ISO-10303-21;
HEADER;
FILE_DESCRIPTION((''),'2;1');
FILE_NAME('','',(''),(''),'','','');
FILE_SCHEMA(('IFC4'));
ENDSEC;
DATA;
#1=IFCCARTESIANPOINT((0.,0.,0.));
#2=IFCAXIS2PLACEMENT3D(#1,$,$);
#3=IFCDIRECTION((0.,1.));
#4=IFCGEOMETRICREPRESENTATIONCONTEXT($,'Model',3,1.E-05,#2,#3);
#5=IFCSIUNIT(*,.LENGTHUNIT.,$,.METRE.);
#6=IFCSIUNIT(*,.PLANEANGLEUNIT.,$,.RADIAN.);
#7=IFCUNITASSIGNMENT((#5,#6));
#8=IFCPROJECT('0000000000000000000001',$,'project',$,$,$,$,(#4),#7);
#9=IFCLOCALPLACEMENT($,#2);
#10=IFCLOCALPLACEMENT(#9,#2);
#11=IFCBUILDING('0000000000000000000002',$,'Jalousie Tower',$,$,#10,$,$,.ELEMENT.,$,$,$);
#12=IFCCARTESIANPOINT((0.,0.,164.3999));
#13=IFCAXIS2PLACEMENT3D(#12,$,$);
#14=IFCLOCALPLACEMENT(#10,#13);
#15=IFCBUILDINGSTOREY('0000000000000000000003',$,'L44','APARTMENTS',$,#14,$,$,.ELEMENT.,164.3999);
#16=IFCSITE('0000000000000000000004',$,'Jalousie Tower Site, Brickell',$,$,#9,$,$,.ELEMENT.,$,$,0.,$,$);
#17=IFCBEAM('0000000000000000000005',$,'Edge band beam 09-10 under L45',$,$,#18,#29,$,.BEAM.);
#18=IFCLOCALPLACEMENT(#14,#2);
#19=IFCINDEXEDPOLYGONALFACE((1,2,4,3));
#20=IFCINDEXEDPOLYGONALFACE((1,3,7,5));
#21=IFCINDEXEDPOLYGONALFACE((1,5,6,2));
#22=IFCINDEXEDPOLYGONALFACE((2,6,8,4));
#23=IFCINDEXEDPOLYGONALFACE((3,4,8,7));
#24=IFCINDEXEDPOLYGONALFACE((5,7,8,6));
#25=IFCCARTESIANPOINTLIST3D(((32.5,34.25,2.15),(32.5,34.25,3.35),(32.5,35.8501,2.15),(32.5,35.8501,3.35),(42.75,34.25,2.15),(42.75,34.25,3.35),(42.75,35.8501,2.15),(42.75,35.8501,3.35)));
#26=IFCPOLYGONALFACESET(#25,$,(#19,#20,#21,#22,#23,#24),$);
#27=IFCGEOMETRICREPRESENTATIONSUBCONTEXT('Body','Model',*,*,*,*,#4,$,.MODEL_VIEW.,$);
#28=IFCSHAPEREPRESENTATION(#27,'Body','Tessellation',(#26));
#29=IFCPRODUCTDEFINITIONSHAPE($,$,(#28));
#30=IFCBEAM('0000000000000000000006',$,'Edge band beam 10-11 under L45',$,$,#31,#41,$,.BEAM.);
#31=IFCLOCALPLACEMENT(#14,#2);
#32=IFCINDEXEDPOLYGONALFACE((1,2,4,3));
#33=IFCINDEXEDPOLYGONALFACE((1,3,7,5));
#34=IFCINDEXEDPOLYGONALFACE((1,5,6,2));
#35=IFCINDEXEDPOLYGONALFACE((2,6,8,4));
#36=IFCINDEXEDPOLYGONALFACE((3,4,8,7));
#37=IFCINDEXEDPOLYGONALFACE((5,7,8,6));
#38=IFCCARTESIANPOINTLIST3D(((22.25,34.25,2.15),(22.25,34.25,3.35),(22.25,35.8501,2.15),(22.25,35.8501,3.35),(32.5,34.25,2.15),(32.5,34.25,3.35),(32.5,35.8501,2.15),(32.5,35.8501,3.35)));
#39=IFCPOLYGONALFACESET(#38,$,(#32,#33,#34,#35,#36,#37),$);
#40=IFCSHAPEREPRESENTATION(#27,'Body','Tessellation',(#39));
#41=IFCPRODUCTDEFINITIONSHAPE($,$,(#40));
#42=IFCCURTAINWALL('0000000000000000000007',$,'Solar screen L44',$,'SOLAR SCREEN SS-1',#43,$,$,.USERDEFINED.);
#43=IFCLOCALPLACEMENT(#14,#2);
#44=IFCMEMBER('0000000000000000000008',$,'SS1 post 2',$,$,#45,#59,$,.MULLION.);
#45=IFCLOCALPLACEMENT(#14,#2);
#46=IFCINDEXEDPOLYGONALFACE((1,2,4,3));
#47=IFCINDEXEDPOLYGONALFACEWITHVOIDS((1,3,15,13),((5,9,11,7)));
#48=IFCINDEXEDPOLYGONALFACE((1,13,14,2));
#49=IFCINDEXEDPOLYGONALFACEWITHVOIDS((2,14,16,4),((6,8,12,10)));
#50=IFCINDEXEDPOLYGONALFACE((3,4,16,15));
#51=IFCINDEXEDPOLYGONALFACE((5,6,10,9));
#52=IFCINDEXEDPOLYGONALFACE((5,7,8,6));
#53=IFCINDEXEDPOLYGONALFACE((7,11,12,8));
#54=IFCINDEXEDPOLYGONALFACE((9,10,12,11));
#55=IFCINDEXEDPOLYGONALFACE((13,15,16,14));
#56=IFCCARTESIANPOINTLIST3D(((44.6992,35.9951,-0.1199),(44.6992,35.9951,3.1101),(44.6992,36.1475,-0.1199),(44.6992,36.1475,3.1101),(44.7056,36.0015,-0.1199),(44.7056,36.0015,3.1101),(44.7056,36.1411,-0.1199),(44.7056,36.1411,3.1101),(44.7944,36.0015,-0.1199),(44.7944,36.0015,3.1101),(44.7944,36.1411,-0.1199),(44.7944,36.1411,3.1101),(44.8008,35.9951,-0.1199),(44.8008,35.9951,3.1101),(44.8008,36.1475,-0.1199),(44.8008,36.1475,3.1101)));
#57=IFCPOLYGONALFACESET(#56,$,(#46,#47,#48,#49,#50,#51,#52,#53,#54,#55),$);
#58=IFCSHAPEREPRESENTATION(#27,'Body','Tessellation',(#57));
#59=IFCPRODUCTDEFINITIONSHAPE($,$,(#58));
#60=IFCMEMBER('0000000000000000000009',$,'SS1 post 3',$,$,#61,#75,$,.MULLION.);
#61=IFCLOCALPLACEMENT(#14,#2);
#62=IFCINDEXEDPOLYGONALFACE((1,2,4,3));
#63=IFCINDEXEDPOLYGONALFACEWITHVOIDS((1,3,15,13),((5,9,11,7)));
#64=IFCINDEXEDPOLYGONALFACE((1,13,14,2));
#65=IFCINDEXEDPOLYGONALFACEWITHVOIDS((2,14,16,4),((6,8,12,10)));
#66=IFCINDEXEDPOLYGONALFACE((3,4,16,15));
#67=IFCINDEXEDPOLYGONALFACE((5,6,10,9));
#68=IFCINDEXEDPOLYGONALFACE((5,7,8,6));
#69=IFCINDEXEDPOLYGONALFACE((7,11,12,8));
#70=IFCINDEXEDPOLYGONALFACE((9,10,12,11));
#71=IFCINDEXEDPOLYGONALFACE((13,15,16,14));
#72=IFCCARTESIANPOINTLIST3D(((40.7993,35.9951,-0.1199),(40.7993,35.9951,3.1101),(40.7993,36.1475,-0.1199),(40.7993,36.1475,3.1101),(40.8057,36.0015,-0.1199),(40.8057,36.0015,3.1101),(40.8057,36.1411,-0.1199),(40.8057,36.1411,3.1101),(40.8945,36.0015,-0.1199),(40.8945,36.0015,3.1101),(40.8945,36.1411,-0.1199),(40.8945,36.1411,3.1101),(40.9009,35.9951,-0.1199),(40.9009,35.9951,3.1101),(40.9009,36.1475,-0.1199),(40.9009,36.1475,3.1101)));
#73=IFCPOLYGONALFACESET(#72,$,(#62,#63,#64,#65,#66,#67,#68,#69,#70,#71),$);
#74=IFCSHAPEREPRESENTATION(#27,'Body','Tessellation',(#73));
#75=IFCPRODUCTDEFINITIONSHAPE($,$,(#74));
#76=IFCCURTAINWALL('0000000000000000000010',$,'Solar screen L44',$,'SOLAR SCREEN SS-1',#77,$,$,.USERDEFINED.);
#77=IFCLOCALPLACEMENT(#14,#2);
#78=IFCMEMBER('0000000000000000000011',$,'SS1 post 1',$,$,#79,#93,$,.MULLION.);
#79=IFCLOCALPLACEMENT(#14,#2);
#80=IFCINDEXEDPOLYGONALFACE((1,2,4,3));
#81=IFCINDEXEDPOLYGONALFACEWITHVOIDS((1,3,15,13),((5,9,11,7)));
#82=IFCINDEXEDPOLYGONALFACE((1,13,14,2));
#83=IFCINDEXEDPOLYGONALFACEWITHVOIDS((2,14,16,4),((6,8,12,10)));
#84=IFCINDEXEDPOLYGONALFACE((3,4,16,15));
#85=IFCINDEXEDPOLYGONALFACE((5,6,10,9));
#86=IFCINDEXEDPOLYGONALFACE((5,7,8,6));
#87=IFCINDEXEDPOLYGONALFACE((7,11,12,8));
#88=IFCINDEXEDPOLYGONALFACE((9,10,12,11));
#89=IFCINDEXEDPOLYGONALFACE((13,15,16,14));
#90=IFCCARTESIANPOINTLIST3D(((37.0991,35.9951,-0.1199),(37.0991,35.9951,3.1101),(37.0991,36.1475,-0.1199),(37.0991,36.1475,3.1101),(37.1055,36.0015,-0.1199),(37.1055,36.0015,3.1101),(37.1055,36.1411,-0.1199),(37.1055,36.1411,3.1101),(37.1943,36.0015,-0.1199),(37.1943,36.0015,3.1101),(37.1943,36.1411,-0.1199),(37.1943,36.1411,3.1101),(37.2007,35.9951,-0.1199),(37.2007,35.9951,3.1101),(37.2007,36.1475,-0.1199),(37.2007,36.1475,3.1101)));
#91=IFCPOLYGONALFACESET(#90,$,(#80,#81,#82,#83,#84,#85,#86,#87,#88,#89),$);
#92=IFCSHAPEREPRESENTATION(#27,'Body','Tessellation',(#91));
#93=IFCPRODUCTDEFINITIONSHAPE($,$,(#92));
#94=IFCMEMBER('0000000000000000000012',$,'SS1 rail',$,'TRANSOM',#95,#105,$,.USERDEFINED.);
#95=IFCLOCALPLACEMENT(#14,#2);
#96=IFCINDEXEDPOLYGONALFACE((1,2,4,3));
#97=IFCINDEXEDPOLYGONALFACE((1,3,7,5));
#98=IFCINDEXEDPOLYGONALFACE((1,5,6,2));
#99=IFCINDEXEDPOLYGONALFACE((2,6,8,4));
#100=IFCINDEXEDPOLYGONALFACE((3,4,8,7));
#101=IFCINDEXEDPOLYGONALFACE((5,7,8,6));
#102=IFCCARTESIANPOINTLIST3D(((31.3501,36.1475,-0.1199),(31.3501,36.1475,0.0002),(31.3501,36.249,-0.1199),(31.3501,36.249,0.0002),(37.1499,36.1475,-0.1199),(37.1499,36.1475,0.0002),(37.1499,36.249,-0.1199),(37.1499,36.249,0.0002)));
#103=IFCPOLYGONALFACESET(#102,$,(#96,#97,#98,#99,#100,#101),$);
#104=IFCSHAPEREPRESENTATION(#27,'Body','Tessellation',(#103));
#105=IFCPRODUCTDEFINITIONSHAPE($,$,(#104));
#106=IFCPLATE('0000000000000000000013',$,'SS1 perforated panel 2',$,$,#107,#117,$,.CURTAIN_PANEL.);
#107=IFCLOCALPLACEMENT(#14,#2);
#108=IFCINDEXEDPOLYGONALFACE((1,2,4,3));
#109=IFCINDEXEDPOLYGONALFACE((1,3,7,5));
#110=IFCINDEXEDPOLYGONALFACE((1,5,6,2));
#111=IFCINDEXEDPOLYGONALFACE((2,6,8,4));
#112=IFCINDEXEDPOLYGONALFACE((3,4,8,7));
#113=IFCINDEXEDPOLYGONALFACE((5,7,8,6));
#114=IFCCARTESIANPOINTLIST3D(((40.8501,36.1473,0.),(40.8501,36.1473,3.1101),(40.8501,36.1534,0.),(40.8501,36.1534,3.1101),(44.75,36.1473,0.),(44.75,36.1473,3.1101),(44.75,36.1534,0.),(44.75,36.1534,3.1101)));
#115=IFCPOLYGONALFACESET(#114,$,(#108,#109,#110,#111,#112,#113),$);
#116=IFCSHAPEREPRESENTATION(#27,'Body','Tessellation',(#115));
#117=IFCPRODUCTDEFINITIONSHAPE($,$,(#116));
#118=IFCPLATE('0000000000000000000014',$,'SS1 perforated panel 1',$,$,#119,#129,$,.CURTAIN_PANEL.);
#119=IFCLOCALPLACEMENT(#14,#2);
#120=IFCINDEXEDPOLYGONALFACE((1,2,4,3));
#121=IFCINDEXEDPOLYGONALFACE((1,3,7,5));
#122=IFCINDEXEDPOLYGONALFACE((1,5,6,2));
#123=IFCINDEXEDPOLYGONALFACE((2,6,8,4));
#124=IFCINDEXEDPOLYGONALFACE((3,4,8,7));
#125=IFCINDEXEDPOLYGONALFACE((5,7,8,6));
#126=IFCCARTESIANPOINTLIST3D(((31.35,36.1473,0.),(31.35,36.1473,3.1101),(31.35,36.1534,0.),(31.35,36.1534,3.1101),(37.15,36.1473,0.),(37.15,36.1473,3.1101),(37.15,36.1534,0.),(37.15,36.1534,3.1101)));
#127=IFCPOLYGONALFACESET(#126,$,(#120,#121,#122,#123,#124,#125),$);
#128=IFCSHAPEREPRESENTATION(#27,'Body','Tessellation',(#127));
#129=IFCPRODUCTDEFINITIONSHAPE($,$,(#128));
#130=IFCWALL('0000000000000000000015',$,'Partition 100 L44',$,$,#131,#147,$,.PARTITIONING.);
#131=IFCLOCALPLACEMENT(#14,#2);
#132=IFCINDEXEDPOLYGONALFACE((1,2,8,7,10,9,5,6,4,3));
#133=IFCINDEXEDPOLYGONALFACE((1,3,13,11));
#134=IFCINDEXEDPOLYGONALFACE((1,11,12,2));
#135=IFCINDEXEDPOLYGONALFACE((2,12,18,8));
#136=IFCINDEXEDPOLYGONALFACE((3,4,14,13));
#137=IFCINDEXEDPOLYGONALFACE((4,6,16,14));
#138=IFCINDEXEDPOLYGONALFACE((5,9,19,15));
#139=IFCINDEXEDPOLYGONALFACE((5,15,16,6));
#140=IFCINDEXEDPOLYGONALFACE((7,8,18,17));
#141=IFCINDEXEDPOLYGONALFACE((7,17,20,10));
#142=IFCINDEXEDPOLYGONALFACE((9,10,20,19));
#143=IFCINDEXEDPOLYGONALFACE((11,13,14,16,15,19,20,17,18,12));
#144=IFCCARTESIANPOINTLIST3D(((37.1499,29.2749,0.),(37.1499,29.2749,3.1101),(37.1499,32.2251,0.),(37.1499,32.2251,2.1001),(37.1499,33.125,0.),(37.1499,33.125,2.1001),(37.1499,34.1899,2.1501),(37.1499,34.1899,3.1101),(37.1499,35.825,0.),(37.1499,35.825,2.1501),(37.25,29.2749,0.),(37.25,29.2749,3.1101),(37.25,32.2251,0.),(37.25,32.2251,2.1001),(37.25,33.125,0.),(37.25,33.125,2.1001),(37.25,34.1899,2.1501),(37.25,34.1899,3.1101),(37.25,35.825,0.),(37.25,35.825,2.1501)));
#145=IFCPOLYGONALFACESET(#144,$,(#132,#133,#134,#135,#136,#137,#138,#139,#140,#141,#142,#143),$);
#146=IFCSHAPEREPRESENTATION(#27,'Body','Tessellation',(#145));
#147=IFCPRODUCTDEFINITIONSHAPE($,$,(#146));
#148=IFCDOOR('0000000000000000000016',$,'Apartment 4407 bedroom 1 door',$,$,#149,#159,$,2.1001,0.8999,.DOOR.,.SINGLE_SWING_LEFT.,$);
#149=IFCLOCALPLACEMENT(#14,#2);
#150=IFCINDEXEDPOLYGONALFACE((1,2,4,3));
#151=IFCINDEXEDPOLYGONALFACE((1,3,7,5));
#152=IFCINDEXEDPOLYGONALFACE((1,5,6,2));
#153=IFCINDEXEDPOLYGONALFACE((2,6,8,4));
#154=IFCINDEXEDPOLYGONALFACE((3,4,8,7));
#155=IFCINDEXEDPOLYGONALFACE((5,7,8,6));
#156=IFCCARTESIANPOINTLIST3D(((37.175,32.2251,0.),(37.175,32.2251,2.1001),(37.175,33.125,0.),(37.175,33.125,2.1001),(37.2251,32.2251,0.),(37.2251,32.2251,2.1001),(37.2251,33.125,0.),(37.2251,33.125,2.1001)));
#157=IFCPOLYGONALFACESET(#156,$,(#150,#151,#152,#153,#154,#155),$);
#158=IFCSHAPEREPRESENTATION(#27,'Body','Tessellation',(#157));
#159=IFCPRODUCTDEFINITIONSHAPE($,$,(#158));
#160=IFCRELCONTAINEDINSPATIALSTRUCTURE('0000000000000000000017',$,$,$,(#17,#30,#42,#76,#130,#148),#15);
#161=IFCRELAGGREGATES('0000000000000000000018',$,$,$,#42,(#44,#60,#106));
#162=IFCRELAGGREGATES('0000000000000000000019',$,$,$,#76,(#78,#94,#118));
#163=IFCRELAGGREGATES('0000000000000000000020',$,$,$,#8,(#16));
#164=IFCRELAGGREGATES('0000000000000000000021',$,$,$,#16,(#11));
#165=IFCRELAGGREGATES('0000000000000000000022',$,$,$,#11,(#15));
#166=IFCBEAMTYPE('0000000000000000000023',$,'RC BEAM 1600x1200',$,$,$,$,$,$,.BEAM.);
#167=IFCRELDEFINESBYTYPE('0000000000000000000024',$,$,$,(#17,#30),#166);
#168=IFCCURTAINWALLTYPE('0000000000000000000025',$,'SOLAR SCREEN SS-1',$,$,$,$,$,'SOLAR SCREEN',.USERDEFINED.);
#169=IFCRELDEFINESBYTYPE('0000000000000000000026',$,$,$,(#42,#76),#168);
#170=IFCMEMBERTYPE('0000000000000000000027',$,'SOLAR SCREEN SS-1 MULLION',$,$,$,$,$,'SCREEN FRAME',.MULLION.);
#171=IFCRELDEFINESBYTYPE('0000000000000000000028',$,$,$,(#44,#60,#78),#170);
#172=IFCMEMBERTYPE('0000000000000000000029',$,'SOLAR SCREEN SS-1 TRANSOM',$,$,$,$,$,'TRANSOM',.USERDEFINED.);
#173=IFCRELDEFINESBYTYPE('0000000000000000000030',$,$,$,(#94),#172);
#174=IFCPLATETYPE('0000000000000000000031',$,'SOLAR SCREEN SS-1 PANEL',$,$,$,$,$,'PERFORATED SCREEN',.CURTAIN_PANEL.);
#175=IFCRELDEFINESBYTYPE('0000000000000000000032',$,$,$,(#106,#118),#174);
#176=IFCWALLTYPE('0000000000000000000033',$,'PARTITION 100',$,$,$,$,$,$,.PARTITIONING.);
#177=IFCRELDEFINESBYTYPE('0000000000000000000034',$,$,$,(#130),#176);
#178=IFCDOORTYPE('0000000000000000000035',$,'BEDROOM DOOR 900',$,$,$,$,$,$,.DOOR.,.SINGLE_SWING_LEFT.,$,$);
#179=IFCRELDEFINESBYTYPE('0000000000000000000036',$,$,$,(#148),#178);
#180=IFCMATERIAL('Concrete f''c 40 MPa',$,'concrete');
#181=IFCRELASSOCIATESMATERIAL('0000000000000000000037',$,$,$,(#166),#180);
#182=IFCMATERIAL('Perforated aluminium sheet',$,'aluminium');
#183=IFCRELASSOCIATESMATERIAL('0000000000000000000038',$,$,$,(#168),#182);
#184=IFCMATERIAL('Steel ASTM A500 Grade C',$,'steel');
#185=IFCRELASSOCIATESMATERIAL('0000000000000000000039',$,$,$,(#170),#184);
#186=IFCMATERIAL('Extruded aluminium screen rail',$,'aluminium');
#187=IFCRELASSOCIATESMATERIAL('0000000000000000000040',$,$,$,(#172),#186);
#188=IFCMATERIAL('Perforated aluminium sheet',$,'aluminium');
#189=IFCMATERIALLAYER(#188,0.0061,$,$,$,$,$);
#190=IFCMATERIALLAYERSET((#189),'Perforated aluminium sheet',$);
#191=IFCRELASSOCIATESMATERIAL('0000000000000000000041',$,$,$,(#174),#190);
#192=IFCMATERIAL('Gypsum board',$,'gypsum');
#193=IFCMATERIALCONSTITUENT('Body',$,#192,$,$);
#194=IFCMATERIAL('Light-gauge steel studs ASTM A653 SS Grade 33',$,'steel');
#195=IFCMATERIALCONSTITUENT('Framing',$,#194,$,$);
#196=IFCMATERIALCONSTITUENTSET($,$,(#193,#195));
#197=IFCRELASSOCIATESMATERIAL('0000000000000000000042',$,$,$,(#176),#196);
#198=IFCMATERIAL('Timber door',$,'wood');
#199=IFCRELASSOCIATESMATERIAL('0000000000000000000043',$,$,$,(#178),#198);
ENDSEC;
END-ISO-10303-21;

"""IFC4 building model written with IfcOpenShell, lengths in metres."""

from ifc_helpers import new_model, si_unit, direction, frame, frame_2d, origin, origin_2d, place, context, subcontext, project, spatial, polyline, rectangle, hollow_rectangle, outline, extrude, material, layer, layer_set, constituent, constituent_set, material_profile, profile_set, type_object, element, fill, aggregate, save


model = new_model("IFC4")

# Units and contexts
model_context = context("Model", 3, precision=1e-05, world=origin(), true_north=direction((0.0, 1.0)))
body_context = subcontext(model_context, "Body", "Model", "MODEL_VIEW")
ifc_project = project(units=[si_unit("LENGTHUNIT", "METRE"), si_unit("PLANEANGLEUNIT", "RADIAN")], contexts=[model_context])

# Site, building, storey
site_placement = place(None, origin())
site = spatial("IfcSite", under=ifc_project, at=site_placement, Name="Jalousie Tower Site, Brickell", CompositionType="ELEMENT", RefElevation=0.0)
building_placement = place(site_placement, origin())
building = spatial("IfcBuilding", under=site, at=building_placement, Name="Jalousie Tower", CompositionType="ELEMENT")
storey_placement = place(building_placement, frame((0.0, 0.0, 164.3999)))
storey = spatial("IfcBuildingStorey", under=building, at=storey_placement, Name="L44", Description="APARTMENTS", CompositionType="ELEMENT", Elevation=164.3999)

# Beams
ifc_material_1 = material(Name="Concrete f'c 40 MPa", Category="concrete")
ifc_material_profile_1 = material_profile(ifc_material_1, rectangle(XDim=1.6001, YDim=1.2, at=origin_2d()), Name="RC 1600x1200")
ifc_profile_set_1 = profile_set([ifc_material_profile_1], Name="Concrete f'c 40 MPa")
beam_type_1 = type_object("IfcBeamType", Name="RC BEAM 1600x1200", PredefinedType="BEAM", material=ifc_profile_set_1)
for number, where, z_axis, x_axis, name in (
    (1, (42.75, 35.05, 2.75), (-1.0, 0.0, 0.0), (0.0, -1.0, 0.0), "Edge band beam 09-10 under L45"),
    (2, (32.5, 35.05, 2.75), (-1.0, 0.0, 0.0), (0.0, -1.0, 0.0), "Edge band beam 10-11 under L45"),
):
    element("IfcBeam", number, at=place(storey_placement, frame(where, z_axis=z_axis, x_axis=x_axis)), inside=storey, type_object=beam_type_1, Name=name, PredefinedType="BEAM", context=body_context, shape_type="SweptSolid", body=[
        extrude(rectangle(XDim=1.6001, YDim=1.2, at=origin_2d()), origin(), (0.0, 0.0, 1.0), 10.25),
    ])

# Curtain walls, members
ifc_material_2 = material(Name="Perforated aluminium sheet", Category="aluminium")
curtain_wall_type = type_object("IfcCurtainWallType", Name="SOLAR SCREEN SS-1", ElementType="SOLAR SCREEN", PredefinedType="USERDEFINED", material=ifc_material_2)
curtain_wall_1_placement = place(storey_placement, origin())
curtain_wall_1 = element("IfcCurtainWall", 3, at=curtain_wall_1_placement, inside=storey, type_object=curtain_wall_type, Name="Solar screen L44", ObjectType="SOLAR SCREEN SS-1", PredefinedType="USERDEFINED")
ifc_material_3 = material(Name="Steel ASTM A500 Grade C", Category="steel")
ifc_material_profile_2 = material_profile(ifc_material_3, hollow_rectangle(XDim=0.1016, YDim=0.1523, WallThickness=0.0063, at=origin_2d()), Name="HSS6X4X1/4")
ifc_profile_set_2 = profile_set([ifc_material_profile_2], Name="Steel ASTM A500 Grade C")
member_type_1 = type_object("IfcMemberType", Name="SOLAR SCREEN SS-1 MULLION", ElementType="SCREEN FRAME", PredefinedType="MULLION", material=ifc_profile_set_2)
member_1_placement = place(storey_placement, frame((44.75, 36.0713, -0.1199), z_axis=(0.0, 0.0, 1.0), x_axis=(-1.0, 0.0, 0.0)))
member_1 = element("IfcMember", 4, at=member_1_placement, type_object=member_type_1, Name="SS1 post 2", PredefinedType="MULLION", context=body_context, shape_type="SweptSolid", body=[
    extrude(hollow_rectangle(XDim=0.1016, YDim=0.1523, WallThickness=0.0063, at=origin_2d()), origin(), (0.0, 0.0, 1.0), 3.23),
])
member_2_placement = place(storey_placement, frame((40.8501, 36.0713, -0.1199), z_axis=(0.0, 0.0, 1.0), x_axis=(-1.0, 0.0, 0.0)))
member_2 = element("IfcMember", 5, at=member_2_placement, type_object=member_type_1, Name="SS1 post 3", PredefinedType="MULLION", context=body_context, shape_type="SweptSolid", body=[
    extrude(hollow_rectangle(XDim=0.1016, YDim=0.1523, WallThickness=0.0063, at=origin_2d()), origin(), (0.0, 0.0, 1.0), 3.23),
])
curtain_wall_2_placement = place(storey_placement, origin())
curtain_wall_2 = element("IfcCurtainWall", 6, at=curtain_wall_2_placement, inside=storey, type_object=curtain_wall_type, Name="Solar screen L44", ObjectType="SOLAR SCREEN SS-1", PredefinedType="USERDEFINED")
member_3_placement = place(storey_placement, frame((37.1499, 36.0713, -0.1199), z_axis=(0.0, 0.0, 1.0), x_axis=(-1.0, 0.0, 0.0)))
member_3 = element("IfcMember", 7, at=member_3_placement, type_object=member_type_1, Name="SS1 post 1", PredefinedType="MULLION", context=body_context, shape_type="SweptSolid", body=[
    extrude(hollow_rectangle(XDim=0.1016, YDim=0.1523, WallThickness=0.0063, at=origin_2d()), origin(), (0.0, 0.0, 1.0), 3.23),
])
ifc_material_4 = material(Name="Extruded aluminium screen rail", Category="aluminium")
ifc_material_profile_3 = material_profile(ifc_material_4, rectangle(XDim=0.1016, YDim=0.1201, at=origin_2d()), Name="RAIL 102x120")
ifc_profile_set_3 = profile_set([ifc_material_profile_3], Name="Extruded aluminium screen rail")
member_type_2 = type_object("IfcMemberType", Name="SOLAR SCREEN SS-1 TRANSOM", ElementType="TRANSOM", PredefinedType="USERDEFINED", material=ifc_profile_set_3)
member_4_placement = place(storey_placement, frame((37.1499, 36.1982, -0.0598), z_axis=(-1.0, 0.0, 0.0), x_axis=(0.0, -1.0, 0.0)))
member_4 = element("IfcMember", 8, at=member_4_placement, type_object=member_type_2, Name="SS1 rail", ObjectType="TRANSOM", PredefinedType="USERDEFINED", context=body_context, shape_type="SweptSolid", body=[
    extrude(rectangle(XDim=0.1016, YDim=0.1201, at=origin_2d()), origin(), (0.0, 0.0, 1.0), 5.7998),
])

# Plates
ifc_material_5 = material(Name="Perforated aluminium sheet", Category="aluminium")
ifc_layer_1 = layer(ifc_material_5, 0.0061)
ifc_layer_set_1 = layer_set([ifc_layer_1], Name="Perforated aluminium sheet")
plate_type = type_object("IfcPlateType", Name="SOLAR SCREEN SS-1 PANEL", ElementType="PERFORATED SCREEN", PredefinedType="CURTAIN_PANEL", material=ifc_layer_set_1)
plate_1_placement = place(storey_placement, frame((42.8, 36.1504, 0.0), z_axis=(0.0, 0.0, 1.0), x_axis=(-1.0, 0.0, 0.0)))
plate_1 = element("IfcPlate", 9, at=plate_1_placement, type_object=plate_type, Name="SS1 perforated panel 2", PredefinedType="CURTAIN_PANEL", context=body_context, shape_type="SweptSolid", body=[
    extrude(rectangle(XDim=3.8999, YDim=0.0061, at=origin_2d()), origin(), (0.0, 0.0, 1.0), 3.1101),
])
aggregate(curtain_wall_1, [member_1, member_2, plate_1])
plate_2_placement = place(storey_placement, frame((34.25, 36.1504, 0.0), z_axis=(0.0, 0.0, 1.0), x_axis=(-1.0, 0.0, 0.0)))
plate_2 = element("IfcPlate", 10, at=plate_2_placement, type_object=plate_type, Name="SS1 perforated panel 1", PredefinedType="CURTAIN_PANEL", context=body_context, shape_type="SweptSolid", body=[
    extrude(rectangle(XDim=5.8, YDim=0.0061, at=origin_2d()), origin(), (0.0, 0.0, 1.0), 3.1101),
])
aggregate(curtain_wall_2, [member_3, member_4, plate_2])

# Wall, opening, door
ifc_material_6 = material(Name="Gypsum board", Category="gypsum")
ifc_constituent_1 = constituent(ifc_material_6, Name="Body")
ifc_material_7 = material(Name="Light-gauge steel studs ASTM A653 SS Grade 33", Category="steel")
ifc_constituent_2 = constituent(ifc_material_7, Name="Framing")
ifc_constituent_set = constituent_set(constituents=[ifc_constituent_1, ifc_constituent_2])
wall_type_1 = type_object("IfcWallType", Name="PARTITION 100", PredefinedType="PARTITIONING", material=ifc_constituent_set)
wall_1_placement = place(storey_placement, frame((37.2, 35.825, 0.0), z_axis=(0.0, 0.0, 1.0), x_axis=(0.0, -1.0, 0.0)))
wall_1 = element("IfcWall", 11, at=wall_1_placement, inside=storey, type_object=wall_type_1, Name="Partition 100 L44", PredefinedType="PARTITIONING", context=body_context, shape_type="SweptSolid", body=[
    extrude(outline(polyline([(0.0, 0.0), (6.55, 0.0), (6.55, 3.1101), (1.635, 3.1101), (1.635, 2.1501), (0.0, 2.1501), (0.0, 3.1101), (0.0, 0.0)])), frame((0.0, 0.05, 0.0), z_axis=(0.0, -1.0, 0.0), x_axis=(1.0, 0.0, 0.0)), (0.0, 0.0, 1.0), 0.1001),
])
opening_1_placement = place(wall_1_placement, frame((2.7, 0.0, 0.0)))
opening_1 = element("IfcOpeningElement", 12, at=opening_1_placement, cuts=wall_1, PredefinedType="OPENING", context=body_context, shape_type="SweptSolid", body=[
    extrude(rectangle(XDim=0.8999, YDim=2.1001, at=frame_2d((0.45, 1.05))), frame((0.0, 0.0601, 0.0), z_axis=(0.0, -1.0, 0.0), x_axis=(1.0, 0.0, 0.0)), (0.0, 0.0, 1.0), 0.1201),
])
ifc_material_8 = material(Name="Timber door", Category="wood")
door_type_1 = type_object("IfcDoorType", Name="BEDROOM DOOR 900", OperationType="SINGLE_SWING_LEFT", PredefinedType="DOOR", material=ifc_material_8)
door_1_placement = place(opening_1_placement, frame((0.8999, 0.0, 0.0), z_axis=(0.0, 0.0, 1.0), x_axis=(-1.0, 0.0, 0.0)))
door_1 = element("IfcDoor", 13, at=door_1_placement, inside=storey, type_object=door_type_1, Name="Apartment 4407 bedroom 1 door", OperationType="SINGLE_SWING_LEFT", OverallHeight=2.1001, OverallWidth=0.8999, PredefinedType="DOOR", context=body_context, shape_type="SweptSolid", body=[
    extrude(rectangle(XDim=0.8999, YDim=2.1001, at=frame_2d((0.45, 1.05))), frame((0.0, 0.0249, 0.0), z_axis=(0.0, -1.0, 0.0), x_axis=(1.0, 0.0, 0.0)), (0.0, 0.0, 1.0), 0.05),
])
fill(opening_1, door_1)

save(model, "model.ifc")
